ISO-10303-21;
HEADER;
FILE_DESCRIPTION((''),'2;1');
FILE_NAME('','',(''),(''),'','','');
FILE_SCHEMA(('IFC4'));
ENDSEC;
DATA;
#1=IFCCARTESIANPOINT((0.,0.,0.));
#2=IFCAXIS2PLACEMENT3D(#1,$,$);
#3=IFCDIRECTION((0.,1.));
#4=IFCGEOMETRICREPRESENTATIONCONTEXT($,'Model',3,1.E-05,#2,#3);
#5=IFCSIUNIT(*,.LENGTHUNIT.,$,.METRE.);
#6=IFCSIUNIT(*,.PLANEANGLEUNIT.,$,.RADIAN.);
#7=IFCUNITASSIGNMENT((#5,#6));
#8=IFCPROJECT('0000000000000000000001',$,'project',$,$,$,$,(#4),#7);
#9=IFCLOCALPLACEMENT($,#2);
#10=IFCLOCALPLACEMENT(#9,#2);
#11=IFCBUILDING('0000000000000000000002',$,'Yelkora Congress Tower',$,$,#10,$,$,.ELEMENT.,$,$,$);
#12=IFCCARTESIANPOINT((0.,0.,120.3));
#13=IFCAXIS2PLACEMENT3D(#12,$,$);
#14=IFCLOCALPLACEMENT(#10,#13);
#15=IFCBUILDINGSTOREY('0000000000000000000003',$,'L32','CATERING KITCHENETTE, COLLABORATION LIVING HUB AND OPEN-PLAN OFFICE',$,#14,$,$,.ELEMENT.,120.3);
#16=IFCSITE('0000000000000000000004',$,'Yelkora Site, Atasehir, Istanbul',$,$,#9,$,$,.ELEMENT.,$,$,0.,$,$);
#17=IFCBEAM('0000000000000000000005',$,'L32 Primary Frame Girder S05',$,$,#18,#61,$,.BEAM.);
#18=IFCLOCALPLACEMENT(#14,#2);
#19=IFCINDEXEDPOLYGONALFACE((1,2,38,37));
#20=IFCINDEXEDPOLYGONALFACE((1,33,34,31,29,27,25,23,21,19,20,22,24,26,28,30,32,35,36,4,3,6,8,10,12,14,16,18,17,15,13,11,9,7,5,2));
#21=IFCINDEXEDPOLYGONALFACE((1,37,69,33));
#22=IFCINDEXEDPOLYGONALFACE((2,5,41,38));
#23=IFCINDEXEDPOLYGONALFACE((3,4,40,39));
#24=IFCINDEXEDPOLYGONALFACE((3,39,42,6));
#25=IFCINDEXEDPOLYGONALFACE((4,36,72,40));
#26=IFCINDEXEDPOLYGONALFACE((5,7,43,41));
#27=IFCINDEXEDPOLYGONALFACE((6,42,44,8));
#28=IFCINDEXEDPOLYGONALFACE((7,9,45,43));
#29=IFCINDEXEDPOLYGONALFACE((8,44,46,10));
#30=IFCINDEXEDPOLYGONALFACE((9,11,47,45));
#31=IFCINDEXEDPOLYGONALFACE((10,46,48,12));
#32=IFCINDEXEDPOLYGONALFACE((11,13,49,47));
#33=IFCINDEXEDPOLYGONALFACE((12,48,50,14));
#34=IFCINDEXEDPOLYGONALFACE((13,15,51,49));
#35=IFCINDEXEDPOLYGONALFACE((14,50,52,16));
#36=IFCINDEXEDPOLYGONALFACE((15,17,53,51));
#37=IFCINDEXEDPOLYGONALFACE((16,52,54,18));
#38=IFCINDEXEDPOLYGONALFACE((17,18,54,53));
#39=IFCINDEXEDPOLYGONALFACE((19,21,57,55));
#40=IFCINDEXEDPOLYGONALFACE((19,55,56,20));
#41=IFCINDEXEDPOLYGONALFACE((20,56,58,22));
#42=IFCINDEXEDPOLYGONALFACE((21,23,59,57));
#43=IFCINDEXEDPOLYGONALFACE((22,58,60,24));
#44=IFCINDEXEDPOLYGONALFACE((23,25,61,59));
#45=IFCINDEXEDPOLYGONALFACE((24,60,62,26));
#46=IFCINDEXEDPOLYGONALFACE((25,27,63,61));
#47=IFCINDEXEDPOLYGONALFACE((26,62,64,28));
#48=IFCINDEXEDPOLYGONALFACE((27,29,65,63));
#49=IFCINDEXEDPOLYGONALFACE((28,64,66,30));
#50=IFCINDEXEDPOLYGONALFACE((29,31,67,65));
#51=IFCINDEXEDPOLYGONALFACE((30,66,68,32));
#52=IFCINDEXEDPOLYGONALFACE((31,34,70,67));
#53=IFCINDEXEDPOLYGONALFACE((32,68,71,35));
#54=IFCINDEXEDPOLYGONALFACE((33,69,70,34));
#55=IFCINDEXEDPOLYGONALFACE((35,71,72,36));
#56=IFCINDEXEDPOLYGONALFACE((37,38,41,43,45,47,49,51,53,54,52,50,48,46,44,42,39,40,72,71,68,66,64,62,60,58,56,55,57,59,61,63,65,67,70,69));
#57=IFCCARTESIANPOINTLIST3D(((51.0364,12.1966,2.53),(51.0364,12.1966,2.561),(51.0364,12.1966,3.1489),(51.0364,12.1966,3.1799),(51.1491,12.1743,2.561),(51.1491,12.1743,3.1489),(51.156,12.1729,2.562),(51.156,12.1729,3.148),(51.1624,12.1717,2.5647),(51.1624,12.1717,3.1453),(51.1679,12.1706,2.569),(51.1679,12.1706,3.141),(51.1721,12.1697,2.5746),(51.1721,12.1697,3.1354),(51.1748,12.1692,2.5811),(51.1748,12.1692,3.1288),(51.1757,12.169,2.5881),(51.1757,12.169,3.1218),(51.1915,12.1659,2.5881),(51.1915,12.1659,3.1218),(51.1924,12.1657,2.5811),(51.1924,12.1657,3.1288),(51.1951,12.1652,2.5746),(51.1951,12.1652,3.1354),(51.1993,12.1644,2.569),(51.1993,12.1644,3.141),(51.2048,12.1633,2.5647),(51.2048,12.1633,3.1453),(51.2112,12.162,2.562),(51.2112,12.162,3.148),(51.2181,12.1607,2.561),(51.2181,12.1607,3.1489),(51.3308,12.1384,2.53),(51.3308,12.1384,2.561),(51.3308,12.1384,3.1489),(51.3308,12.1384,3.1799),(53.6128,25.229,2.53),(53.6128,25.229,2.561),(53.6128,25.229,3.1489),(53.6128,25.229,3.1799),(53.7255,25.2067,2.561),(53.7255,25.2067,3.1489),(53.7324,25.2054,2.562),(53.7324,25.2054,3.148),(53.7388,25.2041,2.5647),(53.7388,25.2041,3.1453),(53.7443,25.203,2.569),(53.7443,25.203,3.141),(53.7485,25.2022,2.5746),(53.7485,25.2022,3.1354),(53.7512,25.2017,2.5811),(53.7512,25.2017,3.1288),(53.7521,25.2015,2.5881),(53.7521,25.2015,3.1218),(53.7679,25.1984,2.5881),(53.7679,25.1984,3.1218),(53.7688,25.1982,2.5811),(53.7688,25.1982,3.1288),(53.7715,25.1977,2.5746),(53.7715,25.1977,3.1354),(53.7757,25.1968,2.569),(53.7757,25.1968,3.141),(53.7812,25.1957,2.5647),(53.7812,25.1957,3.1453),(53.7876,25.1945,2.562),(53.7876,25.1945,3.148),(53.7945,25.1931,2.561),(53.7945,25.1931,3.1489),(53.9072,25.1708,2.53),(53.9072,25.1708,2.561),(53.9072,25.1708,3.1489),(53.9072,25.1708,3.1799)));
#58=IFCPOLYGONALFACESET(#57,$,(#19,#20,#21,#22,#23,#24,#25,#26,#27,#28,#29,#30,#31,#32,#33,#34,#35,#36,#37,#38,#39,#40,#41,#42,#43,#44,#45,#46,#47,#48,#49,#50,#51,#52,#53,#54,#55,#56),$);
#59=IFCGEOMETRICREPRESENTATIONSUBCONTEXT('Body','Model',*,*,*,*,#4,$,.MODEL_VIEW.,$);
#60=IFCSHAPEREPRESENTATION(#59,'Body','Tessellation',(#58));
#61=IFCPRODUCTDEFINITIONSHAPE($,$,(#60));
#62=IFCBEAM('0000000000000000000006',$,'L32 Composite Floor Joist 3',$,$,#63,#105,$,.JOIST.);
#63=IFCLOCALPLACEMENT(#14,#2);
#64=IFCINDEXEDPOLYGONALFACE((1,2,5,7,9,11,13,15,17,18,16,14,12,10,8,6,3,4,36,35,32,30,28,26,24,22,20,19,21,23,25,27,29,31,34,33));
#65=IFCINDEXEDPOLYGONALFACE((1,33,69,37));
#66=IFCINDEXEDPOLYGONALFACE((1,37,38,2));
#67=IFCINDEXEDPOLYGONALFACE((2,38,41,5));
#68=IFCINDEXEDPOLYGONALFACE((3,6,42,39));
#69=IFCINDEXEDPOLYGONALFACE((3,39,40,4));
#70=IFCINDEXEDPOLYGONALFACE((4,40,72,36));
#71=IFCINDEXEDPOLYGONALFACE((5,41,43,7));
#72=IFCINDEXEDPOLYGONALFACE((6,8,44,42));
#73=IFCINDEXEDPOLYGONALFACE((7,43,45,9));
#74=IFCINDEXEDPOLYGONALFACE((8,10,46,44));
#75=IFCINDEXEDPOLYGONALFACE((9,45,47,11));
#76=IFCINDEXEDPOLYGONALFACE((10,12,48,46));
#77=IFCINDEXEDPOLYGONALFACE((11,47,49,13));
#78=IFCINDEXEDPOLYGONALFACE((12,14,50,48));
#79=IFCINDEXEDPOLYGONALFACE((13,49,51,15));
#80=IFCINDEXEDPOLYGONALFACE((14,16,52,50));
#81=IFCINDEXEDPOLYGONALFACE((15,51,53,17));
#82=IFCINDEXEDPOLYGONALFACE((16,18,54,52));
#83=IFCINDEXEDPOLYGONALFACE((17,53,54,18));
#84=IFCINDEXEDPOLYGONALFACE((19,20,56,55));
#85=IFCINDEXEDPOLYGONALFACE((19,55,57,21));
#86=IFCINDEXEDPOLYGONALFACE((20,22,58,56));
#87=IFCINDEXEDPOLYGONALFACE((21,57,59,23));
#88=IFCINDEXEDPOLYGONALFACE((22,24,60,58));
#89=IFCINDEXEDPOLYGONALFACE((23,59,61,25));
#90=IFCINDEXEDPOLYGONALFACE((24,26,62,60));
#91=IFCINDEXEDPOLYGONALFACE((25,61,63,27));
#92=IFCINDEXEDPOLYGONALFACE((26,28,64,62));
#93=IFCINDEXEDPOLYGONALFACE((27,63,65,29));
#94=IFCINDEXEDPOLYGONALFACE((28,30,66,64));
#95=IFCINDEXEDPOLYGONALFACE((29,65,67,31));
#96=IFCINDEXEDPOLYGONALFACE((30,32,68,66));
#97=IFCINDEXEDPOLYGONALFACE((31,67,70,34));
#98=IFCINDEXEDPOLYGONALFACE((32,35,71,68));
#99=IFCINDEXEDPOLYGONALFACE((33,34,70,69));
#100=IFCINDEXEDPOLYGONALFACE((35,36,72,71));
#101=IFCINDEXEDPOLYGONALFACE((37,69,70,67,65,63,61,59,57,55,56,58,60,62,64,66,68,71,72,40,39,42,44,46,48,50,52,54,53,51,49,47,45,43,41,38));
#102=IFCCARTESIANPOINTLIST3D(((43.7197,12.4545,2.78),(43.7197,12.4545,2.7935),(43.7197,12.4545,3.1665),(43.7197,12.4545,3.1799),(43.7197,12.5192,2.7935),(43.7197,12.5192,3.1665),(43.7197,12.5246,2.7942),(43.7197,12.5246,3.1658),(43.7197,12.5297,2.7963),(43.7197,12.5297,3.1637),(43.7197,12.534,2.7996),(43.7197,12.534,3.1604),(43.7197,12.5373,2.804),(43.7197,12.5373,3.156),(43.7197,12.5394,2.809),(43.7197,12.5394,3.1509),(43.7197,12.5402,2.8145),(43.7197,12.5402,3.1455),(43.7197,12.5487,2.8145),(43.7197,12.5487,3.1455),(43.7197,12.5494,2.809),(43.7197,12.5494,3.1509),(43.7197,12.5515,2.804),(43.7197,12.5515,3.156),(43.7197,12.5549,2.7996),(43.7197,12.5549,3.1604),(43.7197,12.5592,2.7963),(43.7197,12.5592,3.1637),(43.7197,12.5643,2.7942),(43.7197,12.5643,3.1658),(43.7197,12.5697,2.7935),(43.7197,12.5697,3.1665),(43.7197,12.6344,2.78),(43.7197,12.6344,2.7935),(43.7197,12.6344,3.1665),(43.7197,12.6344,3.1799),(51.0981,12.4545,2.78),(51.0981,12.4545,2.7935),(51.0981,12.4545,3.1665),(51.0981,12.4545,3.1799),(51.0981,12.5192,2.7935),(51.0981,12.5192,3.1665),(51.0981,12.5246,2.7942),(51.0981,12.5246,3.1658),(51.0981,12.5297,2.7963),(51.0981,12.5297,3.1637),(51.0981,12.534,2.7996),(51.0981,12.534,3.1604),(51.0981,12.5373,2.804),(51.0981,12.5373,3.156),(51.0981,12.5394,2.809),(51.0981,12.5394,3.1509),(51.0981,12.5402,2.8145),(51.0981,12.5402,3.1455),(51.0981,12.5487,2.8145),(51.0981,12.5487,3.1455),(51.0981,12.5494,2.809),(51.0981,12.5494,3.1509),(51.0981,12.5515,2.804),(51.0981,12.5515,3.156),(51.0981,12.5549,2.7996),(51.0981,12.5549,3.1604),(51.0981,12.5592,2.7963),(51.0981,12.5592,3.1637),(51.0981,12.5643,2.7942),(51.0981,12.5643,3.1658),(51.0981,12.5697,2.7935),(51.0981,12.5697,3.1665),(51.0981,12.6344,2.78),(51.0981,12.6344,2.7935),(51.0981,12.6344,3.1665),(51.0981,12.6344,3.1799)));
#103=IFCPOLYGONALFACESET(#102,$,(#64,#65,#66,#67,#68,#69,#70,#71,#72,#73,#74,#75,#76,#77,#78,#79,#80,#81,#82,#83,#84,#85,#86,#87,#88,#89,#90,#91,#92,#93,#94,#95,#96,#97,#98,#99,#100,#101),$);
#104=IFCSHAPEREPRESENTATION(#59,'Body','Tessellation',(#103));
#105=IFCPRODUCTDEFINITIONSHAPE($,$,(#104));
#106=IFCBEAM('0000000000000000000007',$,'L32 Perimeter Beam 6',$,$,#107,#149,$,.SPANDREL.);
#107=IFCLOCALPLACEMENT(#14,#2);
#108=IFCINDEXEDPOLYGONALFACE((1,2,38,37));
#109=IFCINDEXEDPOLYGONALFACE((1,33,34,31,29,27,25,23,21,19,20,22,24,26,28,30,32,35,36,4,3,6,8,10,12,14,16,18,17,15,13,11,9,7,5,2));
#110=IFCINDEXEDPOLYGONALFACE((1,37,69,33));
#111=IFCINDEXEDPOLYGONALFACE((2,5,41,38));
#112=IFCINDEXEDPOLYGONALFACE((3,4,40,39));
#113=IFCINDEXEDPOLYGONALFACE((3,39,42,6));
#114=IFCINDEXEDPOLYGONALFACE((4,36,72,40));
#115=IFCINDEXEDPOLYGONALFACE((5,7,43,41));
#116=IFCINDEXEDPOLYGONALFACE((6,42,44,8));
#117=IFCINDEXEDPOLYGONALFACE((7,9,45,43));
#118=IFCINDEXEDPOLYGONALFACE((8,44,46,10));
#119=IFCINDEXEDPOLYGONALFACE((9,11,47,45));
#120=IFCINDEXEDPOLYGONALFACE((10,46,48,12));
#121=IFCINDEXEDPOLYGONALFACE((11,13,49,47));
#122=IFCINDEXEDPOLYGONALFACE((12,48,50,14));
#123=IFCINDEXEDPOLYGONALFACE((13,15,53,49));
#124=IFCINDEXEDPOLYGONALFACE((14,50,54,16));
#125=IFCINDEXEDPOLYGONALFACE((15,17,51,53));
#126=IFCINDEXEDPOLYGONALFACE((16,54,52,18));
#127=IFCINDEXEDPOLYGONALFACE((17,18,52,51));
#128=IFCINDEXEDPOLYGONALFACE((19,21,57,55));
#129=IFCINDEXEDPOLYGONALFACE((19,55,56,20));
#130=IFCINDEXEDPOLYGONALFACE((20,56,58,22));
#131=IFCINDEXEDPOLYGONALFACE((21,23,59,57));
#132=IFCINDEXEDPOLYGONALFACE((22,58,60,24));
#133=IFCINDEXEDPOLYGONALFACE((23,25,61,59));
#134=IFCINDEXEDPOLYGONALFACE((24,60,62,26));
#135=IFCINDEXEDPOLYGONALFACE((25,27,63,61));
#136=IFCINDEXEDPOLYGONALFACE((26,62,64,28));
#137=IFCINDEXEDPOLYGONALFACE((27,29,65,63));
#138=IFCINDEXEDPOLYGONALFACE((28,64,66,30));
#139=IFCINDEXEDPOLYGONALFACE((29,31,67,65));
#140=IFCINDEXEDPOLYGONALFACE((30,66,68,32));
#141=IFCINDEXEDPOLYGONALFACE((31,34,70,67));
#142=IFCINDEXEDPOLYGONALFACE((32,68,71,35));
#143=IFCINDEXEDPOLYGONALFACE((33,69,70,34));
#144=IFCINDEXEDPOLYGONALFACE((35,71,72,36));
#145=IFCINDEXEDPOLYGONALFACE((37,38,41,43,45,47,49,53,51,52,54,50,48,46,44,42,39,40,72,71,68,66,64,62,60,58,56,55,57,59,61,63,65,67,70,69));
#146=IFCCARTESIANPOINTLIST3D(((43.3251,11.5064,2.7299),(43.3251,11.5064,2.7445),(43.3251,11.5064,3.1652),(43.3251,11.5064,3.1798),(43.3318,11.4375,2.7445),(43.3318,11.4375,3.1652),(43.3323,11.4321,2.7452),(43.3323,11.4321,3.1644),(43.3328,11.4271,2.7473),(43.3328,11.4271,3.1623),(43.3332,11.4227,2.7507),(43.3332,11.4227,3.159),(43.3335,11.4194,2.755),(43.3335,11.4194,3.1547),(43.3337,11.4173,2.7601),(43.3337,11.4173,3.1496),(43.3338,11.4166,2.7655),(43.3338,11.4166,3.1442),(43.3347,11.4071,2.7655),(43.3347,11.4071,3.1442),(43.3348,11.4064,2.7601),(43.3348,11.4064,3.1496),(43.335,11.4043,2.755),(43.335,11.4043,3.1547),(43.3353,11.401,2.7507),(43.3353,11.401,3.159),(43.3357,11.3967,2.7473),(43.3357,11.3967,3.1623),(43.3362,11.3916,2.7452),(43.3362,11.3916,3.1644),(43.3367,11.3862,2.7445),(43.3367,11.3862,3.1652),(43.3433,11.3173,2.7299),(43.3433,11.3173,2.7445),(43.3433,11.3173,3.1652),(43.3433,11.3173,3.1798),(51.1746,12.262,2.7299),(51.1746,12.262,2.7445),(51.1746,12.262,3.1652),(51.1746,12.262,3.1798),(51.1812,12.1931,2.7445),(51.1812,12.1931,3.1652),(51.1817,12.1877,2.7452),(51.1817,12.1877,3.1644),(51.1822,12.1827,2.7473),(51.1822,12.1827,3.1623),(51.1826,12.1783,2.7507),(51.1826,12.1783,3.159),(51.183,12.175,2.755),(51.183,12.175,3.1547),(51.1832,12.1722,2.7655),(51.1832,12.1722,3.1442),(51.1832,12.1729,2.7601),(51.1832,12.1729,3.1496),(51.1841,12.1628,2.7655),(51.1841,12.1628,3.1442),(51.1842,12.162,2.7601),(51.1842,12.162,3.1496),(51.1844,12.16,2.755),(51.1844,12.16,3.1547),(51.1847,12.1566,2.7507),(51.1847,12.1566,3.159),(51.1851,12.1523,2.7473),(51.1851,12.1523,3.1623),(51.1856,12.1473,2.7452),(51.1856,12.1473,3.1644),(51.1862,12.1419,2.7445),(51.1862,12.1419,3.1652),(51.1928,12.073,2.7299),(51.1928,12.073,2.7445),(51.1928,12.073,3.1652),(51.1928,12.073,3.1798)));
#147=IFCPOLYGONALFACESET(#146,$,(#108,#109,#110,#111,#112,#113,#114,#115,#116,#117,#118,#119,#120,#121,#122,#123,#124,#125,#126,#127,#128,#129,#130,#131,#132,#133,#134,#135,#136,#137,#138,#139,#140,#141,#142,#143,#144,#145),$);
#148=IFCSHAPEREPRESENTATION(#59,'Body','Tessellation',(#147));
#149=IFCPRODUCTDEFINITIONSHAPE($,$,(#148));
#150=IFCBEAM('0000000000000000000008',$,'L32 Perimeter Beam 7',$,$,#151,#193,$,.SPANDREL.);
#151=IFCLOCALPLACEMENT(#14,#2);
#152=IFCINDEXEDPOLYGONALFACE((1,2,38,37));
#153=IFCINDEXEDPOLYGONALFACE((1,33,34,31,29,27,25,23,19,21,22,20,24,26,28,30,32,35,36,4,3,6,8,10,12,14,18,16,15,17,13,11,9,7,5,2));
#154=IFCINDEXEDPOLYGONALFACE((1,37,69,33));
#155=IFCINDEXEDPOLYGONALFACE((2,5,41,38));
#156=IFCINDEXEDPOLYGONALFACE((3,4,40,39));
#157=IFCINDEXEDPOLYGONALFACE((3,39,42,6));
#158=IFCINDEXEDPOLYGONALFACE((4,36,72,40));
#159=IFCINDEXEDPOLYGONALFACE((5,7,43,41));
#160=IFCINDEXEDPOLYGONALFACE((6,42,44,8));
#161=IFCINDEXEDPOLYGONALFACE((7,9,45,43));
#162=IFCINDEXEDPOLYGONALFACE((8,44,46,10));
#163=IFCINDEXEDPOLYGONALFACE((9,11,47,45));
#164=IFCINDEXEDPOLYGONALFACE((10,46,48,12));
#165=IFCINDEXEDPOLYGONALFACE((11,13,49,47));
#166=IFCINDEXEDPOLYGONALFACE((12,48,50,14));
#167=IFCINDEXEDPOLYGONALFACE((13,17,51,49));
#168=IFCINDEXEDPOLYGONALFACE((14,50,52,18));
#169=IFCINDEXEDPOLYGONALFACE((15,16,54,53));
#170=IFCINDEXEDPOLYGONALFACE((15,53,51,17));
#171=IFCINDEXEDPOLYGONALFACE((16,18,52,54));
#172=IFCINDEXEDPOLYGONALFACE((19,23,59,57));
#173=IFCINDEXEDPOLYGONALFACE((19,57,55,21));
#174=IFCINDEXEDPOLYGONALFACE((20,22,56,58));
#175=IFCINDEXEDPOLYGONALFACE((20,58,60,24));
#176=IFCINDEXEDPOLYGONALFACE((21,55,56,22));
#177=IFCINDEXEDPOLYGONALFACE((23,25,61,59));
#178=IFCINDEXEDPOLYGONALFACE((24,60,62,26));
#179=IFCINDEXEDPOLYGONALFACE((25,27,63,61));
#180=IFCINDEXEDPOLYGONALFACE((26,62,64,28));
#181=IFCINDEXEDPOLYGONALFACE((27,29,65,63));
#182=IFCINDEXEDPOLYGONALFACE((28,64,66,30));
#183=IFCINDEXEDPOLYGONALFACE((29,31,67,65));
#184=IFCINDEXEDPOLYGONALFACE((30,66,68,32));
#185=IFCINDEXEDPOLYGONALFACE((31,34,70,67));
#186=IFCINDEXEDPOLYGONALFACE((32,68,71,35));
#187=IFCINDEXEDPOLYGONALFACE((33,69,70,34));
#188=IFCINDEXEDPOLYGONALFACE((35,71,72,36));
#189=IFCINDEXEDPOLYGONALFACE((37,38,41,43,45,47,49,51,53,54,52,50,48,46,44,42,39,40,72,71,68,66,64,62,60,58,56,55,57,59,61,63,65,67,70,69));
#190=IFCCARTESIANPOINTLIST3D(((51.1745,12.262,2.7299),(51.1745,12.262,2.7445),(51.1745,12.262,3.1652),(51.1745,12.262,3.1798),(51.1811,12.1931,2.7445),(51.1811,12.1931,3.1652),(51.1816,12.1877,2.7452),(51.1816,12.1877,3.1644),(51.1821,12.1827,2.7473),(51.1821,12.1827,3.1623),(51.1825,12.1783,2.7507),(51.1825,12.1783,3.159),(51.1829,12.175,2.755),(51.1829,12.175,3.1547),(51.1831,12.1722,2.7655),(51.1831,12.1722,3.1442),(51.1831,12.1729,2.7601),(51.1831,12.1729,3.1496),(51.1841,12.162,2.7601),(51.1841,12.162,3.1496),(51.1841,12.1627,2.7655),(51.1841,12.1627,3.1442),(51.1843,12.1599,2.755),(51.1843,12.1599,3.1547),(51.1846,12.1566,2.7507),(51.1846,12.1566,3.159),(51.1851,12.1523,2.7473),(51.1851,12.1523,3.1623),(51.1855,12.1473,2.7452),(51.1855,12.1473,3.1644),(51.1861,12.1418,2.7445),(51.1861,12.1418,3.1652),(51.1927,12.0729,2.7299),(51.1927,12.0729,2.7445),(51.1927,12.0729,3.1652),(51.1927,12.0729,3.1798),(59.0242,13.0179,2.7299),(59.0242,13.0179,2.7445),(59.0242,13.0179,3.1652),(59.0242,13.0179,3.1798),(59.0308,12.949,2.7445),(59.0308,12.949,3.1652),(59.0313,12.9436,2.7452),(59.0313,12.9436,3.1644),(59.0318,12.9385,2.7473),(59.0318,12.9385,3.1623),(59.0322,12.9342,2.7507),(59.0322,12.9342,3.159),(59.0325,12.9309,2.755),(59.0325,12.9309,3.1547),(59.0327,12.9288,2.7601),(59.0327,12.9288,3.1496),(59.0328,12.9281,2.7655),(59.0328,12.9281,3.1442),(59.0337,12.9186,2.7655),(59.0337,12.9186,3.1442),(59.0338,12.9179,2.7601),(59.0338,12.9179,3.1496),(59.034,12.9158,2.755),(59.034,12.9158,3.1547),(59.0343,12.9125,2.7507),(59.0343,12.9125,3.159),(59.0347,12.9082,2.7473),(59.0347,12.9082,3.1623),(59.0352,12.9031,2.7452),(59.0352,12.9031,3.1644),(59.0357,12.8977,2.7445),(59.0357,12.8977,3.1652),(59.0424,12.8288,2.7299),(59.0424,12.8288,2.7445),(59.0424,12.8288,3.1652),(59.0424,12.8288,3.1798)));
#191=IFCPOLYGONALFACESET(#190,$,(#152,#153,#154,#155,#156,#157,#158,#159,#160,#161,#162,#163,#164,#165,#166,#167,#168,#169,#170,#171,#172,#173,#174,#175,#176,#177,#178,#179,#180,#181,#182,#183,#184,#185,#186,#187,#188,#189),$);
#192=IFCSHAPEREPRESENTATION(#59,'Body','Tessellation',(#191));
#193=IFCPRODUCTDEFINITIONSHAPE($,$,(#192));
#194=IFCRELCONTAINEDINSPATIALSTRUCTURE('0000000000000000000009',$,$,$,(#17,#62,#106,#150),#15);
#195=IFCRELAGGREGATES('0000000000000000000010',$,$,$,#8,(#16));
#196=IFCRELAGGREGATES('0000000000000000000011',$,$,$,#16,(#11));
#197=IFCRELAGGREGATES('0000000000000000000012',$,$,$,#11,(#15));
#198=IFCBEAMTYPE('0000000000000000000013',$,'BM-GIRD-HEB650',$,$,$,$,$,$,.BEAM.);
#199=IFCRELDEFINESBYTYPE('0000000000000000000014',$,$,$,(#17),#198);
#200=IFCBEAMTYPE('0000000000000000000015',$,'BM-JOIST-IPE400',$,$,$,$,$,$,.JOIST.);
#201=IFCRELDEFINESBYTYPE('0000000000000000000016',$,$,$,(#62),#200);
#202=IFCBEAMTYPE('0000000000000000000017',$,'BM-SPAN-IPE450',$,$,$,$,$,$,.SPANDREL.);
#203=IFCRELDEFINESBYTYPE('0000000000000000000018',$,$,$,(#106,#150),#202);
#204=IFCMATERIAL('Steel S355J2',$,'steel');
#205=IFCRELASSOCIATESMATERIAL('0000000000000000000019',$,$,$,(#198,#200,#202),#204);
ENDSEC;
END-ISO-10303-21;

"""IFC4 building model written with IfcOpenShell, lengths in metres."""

from ifc_helpers import new_model, si_unit, direction, frame, origin, origin_2d, place, context, subcontext, project, spatial, i_section, extrude, material, material_profile, profile_set, type_object, element, save


model = new_model("IFC4")

# Units and contexts
model_context = context("Model", 3, precision=1e-05, world=origin(), true_north=direction((0.0, 1.0)))
body_context = subcontext(model_context, "Body", "Model", "MODEL_VIEW")
ifc_project = project(units=[si_unit("LENGTHUNIT", "METRE"), si_unit("PLANEANGLEUNIT", "RADIAN")], contexts=[model_context])

# Site, building, storey
site_placement = place(None, origin())
site = spatial("IfcSite", under=ifc_project, at=site_placement, Name="Yelkora Site, Atasehir, Istanbul", CompositionType="ELEMENT", RefElevation=0.0)
building_placement = place(site_placement, origin())
building = spatial("IfcBuilding", under=site, at=building_placement, Name="Yelkora Congress Tower", CompositionType="ELEMENT")
storey_placement = place(building_placement, frame((0.0, 0.0, 120.3)))
storey = spatial("IfcBuildingStorey", under=building, at=storey_placement, Name="L32", Description="CATERING KITCHENETTE, COLLABORATION LIVING HUB AND OPEN-PLAN OFFICE", CompositionType="ELEMENT", Elevation=120.3)

# Beams
ifc_material_1 = material(Name="Steel S355J2", Category="steel")
ifc_material_profile_1 = material_profile(ifc_material_1, i_section(OverallWidth=0.3, OverallDepth=0.6499, WebThickness=0.0161, FlangeThickness=0.031, FilletRadius=0.0271, at=origin_2d()), Name="HEB 650")
ifc_profile_set_1 = profile_set([ifc_material_profile_1], Name="Steel S355J2")
beam_type_1 = type_object("IfcBeamType", Name="BM-GIRD-HEB650", PredefinedType="BEAM", material=ifc_profile_set_1)
beam_1_placement = place(storey_placement, frame((51.1836, 12.1675, 2.855), z_axis=(0.193939, 0.981014, 0.0), x_axis=(-0.981014, 0.193939, 0.0)))
element("IfcBeam", 1, at=beam_1_placement, inside=storey, type_object=beam_type_1, Name="L32 Primary Frame Girder S05", PredefinedType="BEAM", context=body_context, shape_type="SweptSolid", body=[
    extrude(i_section(OverallWidth=0.3, OverallDepth=0.6499, WebThickness=0.0161, FlangeThickness=0.031, FilletRadius=0.0271, at=origin_2d()), origin(), (0.0, 0.0, 1.0), 13.2847),
])
ifc_material_profile_2 = material_profile(ifc_material_1, i_section(OverallWidth=0.1799, OverallDepth=0.3999, WebThickness=0.0085, FlangeThickness=0.0134, FilletRadius=0.021, at=origin_2d()), Name="IPE 400")
ifc_profile_set_2 = profile_set([ifc_material_profile_2], Name="Steel S355J2")
beam_type_2 = type_object("IfcBeamType", Name="BM-JOIST-IPE400", PredefinedType="JOIST", material=ifc_profile_set_2)
beam_2_placement = place(storey_placement, frame((43.7197, 12.5444, 2.98), z_axis=(1.0, 0.0, 0.0), x_axis=(0.0, 1.0, 0.0)))
element("IfcBeam", 2, at=beam_2_placement, inside=storey, type_object=beam_type_2, Name="L32 Composite Floor Joist 3", PredefinedType="JOIST", context=body_context, shape_type="SweptSolid", body=[
    extrude(i_section(OverallWidth=0.1799, OverallDepth=0.3999, WebThickness=0.0085, FlangeThickness=0.0134, FilletRadius=0.021, at=origin_2d()), origin(), (0.0, 0.0, 1.0), 7.3784),
])
ifc_material_profile_3 = material_profile(ifc_material_1, i_section(OverallWidth=0.1899, OverallDepth=0.45, WebThickness=0.0095, FlangeThickness=0.0146, FilletRadius=0.021, at=origin_2d()), Name="IPE 450")
ifc_profile_set_3 = profile_set([ifc_material_profile_3], Name="Steel S355J2")
beam_type_3 = type_object("IfcBeamType", Name="BM-SPAN-IPE450", PredefinedType="SPANDREL", material=ifc_profile_set_3)
beam_3_placement = place(storey_placement, frame((43.3342, 11.4119, 2.9548), z_axis=(0.995399, 0.095822, 0.0), x_axis=(-0.095822, 0.995399, 0.0)))
element("IfcBeam", 3, at=beam_3_placement, inside=storey, type_object=beam_type_3, Name="L32 Perimeter Beam 6", PredefinedType="SPANDREL", context=body_context, shape_type="SweptSolid", body=[
    extrude(i_section(OverallWidth=0.1899, OverallDepth=0.45, WebThickness=0.0095, FlangeThickness=0.0146, FilletRadius=0.021, at=origin_2d()), origin(), (0.0, 0.0, 1.0), 7.8857),
])
beam_4_placement = place(storey_placement, frame((51.1836, 12.1675, 2.9548), z_axis=(0.995396, 0.095849, 0.0), x_axis=(-0.095849, 0.995396, 0.0)))
element("IfcBeam", 4, at=beam_4_placement, inside=storey, type_object=beam_type_3, Name="L32 Perimeter Beam 7", PredefinedType="SPANDREL", context=body_context, shape_type="SweptSolid", body=[
    extrude(i_section(OverallWidth=0.1899, OverallDepth=0.45, WebThickness=0.0095, FlangeThickness=0.0146, FilletRadius=0.021, at=origin_2d()), origin(), (0.0, 0.0, 1.0), 7.886),
])

save(model, "model.ifc")
